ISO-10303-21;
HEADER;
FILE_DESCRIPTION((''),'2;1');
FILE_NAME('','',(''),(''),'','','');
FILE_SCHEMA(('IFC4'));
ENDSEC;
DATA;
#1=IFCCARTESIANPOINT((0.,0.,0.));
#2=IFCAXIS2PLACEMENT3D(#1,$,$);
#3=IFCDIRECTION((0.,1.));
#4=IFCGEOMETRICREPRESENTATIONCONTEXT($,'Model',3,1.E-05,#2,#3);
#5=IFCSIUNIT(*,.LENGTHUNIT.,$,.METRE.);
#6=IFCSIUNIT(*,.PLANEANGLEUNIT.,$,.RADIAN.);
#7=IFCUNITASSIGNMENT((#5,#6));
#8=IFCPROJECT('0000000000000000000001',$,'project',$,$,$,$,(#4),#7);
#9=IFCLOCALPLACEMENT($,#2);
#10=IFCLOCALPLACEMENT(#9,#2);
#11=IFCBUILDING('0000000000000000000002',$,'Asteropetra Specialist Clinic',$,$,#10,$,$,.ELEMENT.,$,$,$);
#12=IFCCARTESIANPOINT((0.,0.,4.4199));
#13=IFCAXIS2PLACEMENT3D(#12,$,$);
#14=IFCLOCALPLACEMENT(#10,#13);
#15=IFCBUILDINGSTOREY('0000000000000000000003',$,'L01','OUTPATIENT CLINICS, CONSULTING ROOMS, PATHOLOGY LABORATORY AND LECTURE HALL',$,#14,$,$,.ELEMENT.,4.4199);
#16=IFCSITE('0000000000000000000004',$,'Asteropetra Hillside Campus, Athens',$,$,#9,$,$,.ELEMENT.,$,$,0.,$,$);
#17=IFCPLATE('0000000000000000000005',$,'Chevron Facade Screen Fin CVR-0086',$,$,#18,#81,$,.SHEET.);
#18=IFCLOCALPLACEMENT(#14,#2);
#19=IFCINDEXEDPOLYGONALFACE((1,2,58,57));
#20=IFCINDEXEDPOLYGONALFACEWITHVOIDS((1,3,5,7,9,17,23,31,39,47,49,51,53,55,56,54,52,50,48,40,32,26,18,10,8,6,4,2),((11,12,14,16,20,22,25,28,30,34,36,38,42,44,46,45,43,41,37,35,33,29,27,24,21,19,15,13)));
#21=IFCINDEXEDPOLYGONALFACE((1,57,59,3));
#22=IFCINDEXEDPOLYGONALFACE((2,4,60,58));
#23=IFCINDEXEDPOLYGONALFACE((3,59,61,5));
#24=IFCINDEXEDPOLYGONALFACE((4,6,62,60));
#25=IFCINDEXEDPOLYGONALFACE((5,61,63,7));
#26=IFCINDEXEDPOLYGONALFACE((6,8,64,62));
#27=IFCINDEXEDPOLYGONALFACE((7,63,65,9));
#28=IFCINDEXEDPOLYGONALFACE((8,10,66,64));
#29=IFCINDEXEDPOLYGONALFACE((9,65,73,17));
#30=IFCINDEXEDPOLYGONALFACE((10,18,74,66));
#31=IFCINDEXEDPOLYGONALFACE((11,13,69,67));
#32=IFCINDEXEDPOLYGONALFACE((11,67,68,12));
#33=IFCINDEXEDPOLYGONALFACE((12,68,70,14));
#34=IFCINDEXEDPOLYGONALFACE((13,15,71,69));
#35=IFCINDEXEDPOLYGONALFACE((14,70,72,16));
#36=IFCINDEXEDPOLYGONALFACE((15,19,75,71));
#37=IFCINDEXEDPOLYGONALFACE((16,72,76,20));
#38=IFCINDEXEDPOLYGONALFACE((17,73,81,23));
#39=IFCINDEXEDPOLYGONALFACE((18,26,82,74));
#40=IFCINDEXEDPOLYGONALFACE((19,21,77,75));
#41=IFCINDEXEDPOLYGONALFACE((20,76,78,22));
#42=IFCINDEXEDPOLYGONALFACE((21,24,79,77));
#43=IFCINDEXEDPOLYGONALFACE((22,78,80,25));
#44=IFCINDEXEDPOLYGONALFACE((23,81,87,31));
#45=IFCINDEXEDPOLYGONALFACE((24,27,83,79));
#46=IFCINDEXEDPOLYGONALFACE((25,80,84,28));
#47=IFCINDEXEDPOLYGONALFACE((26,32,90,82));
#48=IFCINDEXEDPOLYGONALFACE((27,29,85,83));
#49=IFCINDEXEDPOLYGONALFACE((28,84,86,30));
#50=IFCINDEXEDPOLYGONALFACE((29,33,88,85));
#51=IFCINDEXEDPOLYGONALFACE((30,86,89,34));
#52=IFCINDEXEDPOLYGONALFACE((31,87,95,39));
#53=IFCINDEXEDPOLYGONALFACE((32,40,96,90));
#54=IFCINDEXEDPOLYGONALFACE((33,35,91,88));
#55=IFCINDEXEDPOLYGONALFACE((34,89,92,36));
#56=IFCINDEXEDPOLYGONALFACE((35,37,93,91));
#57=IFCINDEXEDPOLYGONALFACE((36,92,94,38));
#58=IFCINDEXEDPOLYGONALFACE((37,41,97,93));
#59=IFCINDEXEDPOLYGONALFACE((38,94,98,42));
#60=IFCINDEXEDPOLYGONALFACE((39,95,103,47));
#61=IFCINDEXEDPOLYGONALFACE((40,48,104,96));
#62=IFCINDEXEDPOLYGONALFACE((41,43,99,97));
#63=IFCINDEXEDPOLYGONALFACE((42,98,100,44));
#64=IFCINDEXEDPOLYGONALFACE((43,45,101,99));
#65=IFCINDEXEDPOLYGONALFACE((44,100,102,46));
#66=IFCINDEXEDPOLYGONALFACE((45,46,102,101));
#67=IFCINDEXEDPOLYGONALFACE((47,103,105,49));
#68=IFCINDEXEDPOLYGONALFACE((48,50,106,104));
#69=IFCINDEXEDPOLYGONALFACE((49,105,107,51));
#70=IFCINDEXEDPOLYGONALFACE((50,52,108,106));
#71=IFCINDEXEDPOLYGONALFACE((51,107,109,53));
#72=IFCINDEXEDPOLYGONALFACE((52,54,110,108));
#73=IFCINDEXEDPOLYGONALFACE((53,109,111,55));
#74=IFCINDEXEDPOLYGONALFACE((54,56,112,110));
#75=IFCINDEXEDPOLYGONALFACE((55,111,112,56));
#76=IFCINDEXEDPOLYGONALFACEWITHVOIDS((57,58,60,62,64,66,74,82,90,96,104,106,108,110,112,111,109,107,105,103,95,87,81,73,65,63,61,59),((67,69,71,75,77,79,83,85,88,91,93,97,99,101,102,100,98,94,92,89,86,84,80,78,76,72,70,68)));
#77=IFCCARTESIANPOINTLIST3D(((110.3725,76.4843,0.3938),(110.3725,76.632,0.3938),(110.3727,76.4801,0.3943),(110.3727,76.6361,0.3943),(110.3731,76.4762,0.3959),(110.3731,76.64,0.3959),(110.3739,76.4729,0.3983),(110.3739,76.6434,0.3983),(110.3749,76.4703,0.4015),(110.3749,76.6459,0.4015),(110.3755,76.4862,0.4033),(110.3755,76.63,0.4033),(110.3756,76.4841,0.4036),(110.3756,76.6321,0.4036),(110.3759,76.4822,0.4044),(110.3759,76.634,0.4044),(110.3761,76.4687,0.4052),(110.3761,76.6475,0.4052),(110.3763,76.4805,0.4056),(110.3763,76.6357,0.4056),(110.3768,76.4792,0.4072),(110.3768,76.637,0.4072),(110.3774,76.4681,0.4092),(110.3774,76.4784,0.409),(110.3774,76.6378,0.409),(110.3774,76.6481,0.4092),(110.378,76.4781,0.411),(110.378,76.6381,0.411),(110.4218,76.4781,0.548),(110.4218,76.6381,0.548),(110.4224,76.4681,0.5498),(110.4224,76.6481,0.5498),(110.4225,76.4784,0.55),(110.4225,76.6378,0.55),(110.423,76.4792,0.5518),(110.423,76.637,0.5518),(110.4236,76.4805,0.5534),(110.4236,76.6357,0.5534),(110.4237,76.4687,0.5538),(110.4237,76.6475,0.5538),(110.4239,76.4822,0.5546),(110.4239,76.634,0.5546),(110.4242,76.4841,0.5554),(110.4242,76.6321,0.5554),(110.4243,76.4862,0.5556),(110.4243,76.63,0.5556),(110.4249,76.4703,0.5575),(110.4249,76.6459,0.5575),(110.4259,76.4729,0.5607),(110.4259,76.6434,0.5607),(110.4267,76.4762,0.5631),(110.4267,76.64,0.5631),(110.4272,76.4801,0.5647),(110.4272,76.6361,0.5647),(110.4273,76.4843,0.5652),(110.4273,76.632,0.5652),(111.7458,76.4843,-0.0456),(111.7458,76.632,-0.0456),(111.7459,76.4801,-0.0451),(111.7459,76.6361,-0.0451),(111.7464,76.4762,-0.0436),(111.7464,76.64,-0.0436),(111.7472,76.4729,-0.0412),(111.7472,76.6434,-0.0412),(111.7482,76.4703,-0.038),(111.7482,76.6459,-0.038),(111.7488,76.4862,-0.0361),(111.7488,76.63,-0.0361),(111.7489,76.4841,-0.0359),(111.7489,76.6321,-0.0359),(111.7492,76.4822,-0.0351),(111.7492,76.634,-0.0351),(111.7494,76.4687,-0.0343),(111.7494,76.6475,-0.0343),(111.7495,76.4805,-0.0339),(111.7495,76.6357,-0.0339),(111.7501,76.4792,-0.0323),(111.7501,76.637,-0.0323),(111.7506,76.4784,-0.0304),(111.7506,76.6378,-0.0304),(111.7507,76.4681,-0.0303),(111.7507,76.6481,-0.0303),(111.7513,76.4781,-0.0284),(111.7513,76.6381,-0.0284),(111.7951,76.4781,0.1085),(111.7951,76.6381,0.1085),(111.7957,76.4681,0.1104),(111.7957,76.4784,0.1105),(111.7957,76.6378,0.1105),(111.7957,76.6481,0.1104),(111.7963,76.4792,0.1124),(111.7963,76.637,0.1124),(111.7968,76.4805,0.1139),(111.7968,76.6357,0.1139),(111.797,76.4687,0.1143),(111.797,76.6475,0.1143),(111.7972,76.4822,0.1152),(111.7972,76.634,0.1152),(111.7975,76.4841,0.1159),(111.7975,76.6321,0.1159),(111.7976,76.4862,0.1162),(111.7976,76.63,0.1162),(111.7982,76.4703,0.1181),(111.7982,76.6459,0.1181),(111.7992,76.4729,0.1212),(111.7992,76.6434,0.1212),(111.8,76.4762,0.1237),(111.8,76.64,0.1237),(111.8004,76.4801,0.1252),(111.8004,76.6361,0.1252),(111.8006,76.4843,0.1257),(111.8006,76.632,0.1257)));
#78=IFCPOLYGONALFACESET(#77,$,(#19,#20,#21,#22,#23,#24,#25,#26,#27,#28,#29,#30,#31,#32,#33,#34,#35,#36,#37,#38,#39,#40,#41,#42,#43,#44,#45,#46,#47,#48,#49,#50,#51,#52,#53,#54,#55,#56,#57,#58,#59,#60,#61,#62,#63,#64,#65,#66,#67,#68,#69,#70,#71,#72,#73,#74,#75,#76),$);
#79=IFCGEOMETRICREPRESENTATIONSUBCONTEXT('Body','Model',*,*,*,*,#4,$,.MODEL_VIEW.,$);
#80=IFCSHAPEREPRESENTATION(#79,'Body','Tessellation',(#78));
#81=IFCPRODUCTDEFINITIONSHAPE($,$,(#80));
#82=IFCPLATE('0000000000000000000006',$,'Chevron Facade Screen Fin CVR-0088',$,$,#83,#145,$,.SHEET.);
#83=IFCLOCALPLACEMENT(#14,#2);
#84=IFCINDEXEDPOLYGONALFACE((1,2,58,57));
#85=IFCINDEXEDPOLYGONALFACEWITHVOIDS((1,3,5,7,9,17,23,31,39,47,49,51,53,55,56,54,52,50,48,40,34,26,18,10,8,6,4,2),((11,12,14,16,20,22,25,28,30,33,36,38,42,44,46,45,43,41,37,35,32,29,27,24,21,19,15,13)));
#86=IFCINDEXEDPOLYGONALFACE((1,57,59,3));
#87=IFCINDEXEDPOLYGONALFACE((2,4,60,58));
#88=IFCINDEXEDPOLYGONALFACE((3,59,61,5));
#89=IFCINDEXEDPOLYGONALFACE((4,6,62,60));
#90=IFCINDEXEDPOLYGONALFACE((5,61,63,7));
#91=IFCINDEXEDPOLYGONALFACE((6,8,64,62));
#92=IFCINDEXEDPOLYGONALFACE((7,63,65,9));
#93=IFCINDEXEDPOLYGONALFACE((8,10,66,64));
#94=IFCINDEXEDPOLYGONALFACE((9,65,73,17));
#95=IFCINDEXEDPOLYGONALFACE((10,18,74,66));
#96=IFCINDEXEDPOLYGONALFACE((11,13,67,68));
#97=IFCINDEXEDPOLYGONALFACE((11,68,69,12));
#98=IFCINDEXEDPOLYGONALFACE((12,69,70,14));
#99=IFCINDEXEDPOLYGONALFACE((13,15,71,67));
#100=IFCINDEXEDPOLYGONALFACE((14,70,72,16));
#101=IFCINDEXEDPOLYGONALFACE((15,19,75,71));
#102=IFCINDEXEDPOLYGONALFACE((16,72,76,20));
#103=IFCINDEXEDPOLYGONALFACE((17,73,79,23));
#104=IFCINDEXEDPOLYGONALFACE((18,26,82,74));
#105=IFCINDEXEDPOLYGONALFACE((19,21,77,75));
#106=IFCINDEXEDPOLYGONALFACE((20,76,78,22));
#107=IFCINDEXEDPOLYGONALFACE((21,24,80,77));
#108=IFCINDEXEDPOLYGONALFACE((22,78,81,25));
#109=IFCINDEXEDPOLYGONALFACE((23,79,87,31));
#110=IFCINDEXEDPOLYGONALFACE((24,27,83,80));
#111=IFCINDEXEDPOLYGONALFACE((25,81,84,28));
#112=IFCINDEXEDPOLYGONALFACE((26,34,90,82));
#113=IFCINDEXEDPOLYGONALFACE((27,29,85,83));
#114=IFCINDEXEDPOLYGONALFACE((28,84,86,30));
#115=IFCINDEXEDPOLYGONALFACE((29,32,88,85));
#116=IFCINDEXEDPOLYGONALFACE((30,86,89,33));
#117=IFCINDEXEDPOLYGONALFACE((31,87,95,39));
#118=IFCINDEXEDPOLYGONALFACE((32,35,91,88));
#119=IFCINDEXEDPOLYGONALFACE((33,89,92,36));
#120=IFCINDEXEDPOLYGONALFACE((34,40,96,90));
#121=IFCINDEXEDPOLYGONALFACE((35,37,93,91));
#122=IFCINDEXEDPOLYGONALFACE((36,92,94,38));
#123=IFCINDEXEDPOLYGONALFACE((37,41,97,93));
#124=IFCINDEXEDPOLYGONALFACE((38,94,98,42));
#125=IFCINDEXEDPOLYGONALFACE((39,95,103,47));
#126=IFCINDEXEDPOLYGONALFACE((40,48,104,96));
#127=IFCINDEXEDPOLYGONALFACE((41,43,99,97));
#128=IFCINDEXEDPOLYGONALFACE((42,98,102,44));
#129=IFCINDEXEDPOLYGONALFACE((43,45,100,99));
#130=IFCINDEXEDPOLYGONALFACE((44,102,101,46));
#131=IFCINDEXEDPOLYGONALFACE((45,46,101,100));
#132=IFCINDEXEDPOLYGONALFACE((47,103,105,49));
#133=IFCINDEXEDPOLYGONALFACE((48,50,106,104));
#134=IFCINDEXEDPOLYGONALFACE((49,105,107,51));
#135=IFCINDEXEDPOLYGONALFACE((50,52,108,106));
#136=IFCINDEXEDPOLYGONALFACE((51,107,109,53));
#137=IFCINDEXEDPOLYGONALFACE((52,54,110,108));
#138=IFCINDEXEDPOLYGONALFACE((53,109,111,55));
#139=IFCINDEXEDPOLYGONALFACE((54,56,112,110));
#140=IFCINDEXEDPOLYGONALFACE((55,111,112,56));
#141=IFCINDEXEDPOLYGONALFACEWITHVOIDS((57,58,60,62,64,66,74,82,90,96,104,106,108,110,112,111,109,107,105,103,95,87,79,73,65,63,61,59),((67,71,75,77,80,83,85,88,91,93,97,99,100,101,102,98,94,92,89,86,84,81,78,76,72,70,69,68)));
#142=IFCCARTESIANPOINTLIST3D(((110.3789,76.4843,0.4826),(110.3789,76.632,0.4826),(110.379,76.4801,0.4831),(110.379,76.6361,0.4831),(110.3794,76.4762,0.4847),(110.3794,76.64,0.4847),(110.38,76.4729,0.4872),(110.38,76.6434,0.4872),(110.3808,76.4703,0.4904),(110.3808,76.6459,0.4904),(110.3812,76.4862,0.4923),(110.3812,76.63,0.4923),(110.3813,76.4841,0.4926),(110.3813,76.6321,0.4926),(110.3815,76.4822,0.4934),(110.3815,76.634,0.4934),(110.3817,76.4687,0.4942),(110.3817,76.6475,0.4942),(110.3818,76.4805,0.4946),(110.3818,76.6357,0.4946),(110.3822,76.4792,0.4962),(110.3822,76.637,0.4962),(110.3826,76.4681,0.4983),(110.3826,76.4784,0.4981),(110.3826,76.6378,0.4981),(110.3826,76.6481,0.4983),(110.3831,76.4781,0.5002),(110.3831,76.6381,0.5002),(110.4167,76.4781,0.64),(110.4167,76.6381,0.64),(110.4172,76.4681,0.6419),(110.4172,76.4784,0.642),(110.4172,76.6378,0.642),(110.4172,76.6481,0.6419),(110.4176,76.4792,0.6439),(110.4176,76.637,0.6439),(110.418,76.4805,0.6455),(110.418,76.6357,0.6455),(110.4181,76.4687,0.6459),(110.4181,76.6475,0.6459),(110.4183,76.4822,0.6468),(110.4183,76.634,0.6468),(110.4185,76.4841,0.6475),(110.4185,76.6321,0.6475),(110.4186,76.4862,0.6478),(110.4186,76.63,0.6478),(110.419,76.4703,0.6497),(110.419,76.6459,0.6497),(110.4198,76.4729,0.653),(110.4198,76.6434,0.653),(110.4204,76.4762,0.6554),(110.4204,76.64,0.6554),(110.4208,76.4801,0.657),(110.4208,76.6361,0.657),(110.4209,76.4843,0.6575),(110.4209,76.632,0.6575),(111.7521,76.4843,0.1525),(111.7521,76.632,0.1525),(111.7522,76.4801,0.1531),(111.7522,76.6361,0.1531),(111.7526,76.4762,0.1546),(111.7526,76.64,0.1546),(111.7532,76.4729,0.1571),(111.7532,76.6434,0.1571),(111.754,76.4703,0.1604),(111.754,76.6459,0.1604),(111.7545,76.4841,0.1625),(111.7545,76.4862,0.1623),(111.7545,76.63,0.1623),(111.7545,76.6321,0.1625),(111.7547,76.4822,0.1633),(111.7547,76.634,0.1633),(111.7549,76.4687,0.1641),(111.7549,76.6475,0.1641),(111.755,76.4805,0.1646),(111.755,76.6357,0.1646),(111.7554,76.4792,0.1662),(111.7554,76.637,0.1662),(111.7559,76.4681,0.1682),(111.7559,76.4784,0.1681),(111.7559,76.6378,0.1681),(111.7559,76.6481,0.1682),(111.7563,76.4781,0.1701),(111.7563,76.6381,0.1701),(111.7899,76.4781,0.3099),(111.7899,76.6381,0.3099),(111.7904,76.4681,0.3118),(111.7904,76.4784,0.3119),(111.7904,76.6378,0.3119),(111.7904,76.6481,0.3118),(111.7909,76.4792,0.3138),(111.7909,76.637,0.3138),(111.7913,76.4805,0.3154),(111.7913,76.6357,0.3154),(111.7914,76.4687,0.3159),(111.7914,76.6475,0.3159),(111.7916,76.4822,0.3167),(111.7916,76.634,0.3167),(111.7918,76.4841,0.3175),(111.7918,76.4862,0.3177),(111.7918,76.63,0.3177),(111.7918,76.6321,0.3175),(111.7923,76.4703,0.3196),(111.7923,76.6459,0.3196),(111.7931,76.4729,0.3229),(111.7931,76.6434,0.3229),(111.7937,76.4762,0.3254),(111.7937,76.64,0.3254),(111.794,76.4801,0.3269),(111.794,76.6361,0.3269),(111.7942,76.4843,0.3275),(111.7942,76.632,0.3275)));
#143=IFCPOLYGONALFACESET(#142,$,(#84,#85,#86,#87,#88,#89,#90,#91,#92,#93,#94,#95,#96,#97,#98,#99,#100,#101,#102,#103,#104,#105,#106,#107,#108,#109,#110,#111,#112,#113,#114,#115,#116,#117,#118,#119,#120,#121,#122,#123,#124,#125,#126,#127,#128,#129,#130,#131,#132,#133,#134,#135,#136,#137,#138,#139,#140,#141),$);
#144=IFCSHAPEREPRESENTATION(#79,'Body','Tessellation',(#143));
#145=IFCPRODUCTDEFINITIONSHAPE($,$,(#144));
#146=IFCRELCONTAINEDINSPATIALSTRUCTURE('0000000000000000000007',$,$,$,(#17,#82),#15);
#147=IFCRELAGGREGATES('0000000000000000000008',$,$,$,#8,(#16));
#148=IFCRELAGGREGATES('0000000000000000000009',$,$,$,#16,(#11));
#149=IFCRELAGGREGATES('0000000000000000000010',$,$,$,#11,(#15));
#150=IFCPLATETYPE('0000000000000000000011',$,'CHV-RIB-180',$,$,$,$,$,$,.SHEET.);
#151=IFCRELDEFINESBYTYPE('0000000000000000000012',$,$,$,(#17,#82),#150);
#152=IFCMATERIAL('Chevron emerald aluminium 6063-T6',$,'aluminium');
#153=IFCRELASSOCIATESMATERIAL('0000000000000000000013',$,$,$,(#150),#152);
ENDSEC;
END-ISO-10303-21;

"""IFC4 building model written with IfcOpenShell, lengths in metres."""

from ifc_helpers import new_model, si_unit, direction, frame, origin, origin_2d, place, context, subcontext, project, spatial, hollow_rectangle, extrude, material, material_profile, profile_set, type_object, element, save


model = new_model("IFC4")

# Units and contexts
model_context = context("Model", 3, precision=1e-05, world=origin(), true_north=direction((0.0, 1.0)))
body_context = subcontext(model_context, "Body", "Model", "MODEL_VIEW")
ifc_project = project(units=[si_unit("LENGTHUNIT", "METRE"), si_unit("PLANEANGLEUNIT", "RADIAN")], contexts=[model_context])

# Site, building, storey
site_placement = place(None, origin())
site = spatial("IfcSite", under=ifc_project, at=site_placement, Name="Asteropetra Hillside Campus, Athens", CompositionType="ELEMENT", RefElevation=0.0)
building_placement = place(site_placement, origin())
building = spatial("IfcBuilding", under=site, at=building_placement, Name="Asteropetra Specialist Clinic", CompositionType="ELEMENT")
storey_placement = place(building_placement, frame((0.0, 0.0, 4.4199)))
storey = spatial("IfcBuildingStorey", under=building, at=storey_placement, Name="L01", Description="OUTPATIENT CLINICS, CONSULTING ROOMS, PATHOLOGY LABORATORY AND LECTURE HALL", CompositionType="ELEMENT", Elevation=4.4199)

# Plates
ifc_material_1 = material(Name="Chevron emerald aluminium 6063-T6", Category="aluminium")
ifc_material_profile_1 = material_profile(ifc_material_1, hollow_rectangle(XDim=0.1799, YDim=0.1799, WallThickness=0.01, InnerFilletRadius=0.0081, OuterFilletRadius=0.0161, at=origin_2d()), Name="SHS 180x180x10.0")
ifc_profile_set_1 = profile_set([ifc_material_profile_1], Name="Chevron emerald aluminium 6063-T6")
plate_type_1 = type_object("IfcPlateType", Name="CHV-RIB-180", PredefinedType="SHEET", material=ifc_profile_set_1)
plate_1_placement = place(storey_placement, frame((110.3999, 76.5581, 0.4795), z_axis=(0.952424, 0.0, -0.304776), x_axis=(0.0, 1.0, 0.0)))
element("IfcPlate", 1, at=plate_1_placement, inside=storey, type_object=plate_type_1, Name="Chevron Facade Screen Fin CVR-0086", PredefinedType="SHEET", context=body_context, shape_type="SweptSolid", body=[
    extrude(hollow_rectangle(XDim=0.1799, YDim=0.1799, WallThickness=0.01, InnerFilletRadius=0.0081, OuterFilletRadius=0.0161, at=origin_2d()), origin(), (0.0, 0.0, 1.0), 1.4419),
])
plate_2_placement = place(storey_placement, frame((110.3999, 76.5581, 0.5701), z_axis=(0.972309, 0.0, -0.2337), x_axis=(0.0, 1.0, 0.0)))
element("IfcPlate", 2, at=plate_2_placement, inside=storey, type_object=plate_type_1, Name="Chevron Facade Screen Fin CVR-0088", PredefinedType="SHEET", context=body_context, shape_type="SweptSolid", body=[
    extrude(hollow_rectangle(XDim=0.1799, YDim=0.1799, WallThickness=0.01, InnerFilletRadius=0.0081, OuterFilletRadius=0.0161, at=origin_2d()), origin(), (0.0, 0.0, 1.0), 1.4124),
])

save(model, "model.ifc")
